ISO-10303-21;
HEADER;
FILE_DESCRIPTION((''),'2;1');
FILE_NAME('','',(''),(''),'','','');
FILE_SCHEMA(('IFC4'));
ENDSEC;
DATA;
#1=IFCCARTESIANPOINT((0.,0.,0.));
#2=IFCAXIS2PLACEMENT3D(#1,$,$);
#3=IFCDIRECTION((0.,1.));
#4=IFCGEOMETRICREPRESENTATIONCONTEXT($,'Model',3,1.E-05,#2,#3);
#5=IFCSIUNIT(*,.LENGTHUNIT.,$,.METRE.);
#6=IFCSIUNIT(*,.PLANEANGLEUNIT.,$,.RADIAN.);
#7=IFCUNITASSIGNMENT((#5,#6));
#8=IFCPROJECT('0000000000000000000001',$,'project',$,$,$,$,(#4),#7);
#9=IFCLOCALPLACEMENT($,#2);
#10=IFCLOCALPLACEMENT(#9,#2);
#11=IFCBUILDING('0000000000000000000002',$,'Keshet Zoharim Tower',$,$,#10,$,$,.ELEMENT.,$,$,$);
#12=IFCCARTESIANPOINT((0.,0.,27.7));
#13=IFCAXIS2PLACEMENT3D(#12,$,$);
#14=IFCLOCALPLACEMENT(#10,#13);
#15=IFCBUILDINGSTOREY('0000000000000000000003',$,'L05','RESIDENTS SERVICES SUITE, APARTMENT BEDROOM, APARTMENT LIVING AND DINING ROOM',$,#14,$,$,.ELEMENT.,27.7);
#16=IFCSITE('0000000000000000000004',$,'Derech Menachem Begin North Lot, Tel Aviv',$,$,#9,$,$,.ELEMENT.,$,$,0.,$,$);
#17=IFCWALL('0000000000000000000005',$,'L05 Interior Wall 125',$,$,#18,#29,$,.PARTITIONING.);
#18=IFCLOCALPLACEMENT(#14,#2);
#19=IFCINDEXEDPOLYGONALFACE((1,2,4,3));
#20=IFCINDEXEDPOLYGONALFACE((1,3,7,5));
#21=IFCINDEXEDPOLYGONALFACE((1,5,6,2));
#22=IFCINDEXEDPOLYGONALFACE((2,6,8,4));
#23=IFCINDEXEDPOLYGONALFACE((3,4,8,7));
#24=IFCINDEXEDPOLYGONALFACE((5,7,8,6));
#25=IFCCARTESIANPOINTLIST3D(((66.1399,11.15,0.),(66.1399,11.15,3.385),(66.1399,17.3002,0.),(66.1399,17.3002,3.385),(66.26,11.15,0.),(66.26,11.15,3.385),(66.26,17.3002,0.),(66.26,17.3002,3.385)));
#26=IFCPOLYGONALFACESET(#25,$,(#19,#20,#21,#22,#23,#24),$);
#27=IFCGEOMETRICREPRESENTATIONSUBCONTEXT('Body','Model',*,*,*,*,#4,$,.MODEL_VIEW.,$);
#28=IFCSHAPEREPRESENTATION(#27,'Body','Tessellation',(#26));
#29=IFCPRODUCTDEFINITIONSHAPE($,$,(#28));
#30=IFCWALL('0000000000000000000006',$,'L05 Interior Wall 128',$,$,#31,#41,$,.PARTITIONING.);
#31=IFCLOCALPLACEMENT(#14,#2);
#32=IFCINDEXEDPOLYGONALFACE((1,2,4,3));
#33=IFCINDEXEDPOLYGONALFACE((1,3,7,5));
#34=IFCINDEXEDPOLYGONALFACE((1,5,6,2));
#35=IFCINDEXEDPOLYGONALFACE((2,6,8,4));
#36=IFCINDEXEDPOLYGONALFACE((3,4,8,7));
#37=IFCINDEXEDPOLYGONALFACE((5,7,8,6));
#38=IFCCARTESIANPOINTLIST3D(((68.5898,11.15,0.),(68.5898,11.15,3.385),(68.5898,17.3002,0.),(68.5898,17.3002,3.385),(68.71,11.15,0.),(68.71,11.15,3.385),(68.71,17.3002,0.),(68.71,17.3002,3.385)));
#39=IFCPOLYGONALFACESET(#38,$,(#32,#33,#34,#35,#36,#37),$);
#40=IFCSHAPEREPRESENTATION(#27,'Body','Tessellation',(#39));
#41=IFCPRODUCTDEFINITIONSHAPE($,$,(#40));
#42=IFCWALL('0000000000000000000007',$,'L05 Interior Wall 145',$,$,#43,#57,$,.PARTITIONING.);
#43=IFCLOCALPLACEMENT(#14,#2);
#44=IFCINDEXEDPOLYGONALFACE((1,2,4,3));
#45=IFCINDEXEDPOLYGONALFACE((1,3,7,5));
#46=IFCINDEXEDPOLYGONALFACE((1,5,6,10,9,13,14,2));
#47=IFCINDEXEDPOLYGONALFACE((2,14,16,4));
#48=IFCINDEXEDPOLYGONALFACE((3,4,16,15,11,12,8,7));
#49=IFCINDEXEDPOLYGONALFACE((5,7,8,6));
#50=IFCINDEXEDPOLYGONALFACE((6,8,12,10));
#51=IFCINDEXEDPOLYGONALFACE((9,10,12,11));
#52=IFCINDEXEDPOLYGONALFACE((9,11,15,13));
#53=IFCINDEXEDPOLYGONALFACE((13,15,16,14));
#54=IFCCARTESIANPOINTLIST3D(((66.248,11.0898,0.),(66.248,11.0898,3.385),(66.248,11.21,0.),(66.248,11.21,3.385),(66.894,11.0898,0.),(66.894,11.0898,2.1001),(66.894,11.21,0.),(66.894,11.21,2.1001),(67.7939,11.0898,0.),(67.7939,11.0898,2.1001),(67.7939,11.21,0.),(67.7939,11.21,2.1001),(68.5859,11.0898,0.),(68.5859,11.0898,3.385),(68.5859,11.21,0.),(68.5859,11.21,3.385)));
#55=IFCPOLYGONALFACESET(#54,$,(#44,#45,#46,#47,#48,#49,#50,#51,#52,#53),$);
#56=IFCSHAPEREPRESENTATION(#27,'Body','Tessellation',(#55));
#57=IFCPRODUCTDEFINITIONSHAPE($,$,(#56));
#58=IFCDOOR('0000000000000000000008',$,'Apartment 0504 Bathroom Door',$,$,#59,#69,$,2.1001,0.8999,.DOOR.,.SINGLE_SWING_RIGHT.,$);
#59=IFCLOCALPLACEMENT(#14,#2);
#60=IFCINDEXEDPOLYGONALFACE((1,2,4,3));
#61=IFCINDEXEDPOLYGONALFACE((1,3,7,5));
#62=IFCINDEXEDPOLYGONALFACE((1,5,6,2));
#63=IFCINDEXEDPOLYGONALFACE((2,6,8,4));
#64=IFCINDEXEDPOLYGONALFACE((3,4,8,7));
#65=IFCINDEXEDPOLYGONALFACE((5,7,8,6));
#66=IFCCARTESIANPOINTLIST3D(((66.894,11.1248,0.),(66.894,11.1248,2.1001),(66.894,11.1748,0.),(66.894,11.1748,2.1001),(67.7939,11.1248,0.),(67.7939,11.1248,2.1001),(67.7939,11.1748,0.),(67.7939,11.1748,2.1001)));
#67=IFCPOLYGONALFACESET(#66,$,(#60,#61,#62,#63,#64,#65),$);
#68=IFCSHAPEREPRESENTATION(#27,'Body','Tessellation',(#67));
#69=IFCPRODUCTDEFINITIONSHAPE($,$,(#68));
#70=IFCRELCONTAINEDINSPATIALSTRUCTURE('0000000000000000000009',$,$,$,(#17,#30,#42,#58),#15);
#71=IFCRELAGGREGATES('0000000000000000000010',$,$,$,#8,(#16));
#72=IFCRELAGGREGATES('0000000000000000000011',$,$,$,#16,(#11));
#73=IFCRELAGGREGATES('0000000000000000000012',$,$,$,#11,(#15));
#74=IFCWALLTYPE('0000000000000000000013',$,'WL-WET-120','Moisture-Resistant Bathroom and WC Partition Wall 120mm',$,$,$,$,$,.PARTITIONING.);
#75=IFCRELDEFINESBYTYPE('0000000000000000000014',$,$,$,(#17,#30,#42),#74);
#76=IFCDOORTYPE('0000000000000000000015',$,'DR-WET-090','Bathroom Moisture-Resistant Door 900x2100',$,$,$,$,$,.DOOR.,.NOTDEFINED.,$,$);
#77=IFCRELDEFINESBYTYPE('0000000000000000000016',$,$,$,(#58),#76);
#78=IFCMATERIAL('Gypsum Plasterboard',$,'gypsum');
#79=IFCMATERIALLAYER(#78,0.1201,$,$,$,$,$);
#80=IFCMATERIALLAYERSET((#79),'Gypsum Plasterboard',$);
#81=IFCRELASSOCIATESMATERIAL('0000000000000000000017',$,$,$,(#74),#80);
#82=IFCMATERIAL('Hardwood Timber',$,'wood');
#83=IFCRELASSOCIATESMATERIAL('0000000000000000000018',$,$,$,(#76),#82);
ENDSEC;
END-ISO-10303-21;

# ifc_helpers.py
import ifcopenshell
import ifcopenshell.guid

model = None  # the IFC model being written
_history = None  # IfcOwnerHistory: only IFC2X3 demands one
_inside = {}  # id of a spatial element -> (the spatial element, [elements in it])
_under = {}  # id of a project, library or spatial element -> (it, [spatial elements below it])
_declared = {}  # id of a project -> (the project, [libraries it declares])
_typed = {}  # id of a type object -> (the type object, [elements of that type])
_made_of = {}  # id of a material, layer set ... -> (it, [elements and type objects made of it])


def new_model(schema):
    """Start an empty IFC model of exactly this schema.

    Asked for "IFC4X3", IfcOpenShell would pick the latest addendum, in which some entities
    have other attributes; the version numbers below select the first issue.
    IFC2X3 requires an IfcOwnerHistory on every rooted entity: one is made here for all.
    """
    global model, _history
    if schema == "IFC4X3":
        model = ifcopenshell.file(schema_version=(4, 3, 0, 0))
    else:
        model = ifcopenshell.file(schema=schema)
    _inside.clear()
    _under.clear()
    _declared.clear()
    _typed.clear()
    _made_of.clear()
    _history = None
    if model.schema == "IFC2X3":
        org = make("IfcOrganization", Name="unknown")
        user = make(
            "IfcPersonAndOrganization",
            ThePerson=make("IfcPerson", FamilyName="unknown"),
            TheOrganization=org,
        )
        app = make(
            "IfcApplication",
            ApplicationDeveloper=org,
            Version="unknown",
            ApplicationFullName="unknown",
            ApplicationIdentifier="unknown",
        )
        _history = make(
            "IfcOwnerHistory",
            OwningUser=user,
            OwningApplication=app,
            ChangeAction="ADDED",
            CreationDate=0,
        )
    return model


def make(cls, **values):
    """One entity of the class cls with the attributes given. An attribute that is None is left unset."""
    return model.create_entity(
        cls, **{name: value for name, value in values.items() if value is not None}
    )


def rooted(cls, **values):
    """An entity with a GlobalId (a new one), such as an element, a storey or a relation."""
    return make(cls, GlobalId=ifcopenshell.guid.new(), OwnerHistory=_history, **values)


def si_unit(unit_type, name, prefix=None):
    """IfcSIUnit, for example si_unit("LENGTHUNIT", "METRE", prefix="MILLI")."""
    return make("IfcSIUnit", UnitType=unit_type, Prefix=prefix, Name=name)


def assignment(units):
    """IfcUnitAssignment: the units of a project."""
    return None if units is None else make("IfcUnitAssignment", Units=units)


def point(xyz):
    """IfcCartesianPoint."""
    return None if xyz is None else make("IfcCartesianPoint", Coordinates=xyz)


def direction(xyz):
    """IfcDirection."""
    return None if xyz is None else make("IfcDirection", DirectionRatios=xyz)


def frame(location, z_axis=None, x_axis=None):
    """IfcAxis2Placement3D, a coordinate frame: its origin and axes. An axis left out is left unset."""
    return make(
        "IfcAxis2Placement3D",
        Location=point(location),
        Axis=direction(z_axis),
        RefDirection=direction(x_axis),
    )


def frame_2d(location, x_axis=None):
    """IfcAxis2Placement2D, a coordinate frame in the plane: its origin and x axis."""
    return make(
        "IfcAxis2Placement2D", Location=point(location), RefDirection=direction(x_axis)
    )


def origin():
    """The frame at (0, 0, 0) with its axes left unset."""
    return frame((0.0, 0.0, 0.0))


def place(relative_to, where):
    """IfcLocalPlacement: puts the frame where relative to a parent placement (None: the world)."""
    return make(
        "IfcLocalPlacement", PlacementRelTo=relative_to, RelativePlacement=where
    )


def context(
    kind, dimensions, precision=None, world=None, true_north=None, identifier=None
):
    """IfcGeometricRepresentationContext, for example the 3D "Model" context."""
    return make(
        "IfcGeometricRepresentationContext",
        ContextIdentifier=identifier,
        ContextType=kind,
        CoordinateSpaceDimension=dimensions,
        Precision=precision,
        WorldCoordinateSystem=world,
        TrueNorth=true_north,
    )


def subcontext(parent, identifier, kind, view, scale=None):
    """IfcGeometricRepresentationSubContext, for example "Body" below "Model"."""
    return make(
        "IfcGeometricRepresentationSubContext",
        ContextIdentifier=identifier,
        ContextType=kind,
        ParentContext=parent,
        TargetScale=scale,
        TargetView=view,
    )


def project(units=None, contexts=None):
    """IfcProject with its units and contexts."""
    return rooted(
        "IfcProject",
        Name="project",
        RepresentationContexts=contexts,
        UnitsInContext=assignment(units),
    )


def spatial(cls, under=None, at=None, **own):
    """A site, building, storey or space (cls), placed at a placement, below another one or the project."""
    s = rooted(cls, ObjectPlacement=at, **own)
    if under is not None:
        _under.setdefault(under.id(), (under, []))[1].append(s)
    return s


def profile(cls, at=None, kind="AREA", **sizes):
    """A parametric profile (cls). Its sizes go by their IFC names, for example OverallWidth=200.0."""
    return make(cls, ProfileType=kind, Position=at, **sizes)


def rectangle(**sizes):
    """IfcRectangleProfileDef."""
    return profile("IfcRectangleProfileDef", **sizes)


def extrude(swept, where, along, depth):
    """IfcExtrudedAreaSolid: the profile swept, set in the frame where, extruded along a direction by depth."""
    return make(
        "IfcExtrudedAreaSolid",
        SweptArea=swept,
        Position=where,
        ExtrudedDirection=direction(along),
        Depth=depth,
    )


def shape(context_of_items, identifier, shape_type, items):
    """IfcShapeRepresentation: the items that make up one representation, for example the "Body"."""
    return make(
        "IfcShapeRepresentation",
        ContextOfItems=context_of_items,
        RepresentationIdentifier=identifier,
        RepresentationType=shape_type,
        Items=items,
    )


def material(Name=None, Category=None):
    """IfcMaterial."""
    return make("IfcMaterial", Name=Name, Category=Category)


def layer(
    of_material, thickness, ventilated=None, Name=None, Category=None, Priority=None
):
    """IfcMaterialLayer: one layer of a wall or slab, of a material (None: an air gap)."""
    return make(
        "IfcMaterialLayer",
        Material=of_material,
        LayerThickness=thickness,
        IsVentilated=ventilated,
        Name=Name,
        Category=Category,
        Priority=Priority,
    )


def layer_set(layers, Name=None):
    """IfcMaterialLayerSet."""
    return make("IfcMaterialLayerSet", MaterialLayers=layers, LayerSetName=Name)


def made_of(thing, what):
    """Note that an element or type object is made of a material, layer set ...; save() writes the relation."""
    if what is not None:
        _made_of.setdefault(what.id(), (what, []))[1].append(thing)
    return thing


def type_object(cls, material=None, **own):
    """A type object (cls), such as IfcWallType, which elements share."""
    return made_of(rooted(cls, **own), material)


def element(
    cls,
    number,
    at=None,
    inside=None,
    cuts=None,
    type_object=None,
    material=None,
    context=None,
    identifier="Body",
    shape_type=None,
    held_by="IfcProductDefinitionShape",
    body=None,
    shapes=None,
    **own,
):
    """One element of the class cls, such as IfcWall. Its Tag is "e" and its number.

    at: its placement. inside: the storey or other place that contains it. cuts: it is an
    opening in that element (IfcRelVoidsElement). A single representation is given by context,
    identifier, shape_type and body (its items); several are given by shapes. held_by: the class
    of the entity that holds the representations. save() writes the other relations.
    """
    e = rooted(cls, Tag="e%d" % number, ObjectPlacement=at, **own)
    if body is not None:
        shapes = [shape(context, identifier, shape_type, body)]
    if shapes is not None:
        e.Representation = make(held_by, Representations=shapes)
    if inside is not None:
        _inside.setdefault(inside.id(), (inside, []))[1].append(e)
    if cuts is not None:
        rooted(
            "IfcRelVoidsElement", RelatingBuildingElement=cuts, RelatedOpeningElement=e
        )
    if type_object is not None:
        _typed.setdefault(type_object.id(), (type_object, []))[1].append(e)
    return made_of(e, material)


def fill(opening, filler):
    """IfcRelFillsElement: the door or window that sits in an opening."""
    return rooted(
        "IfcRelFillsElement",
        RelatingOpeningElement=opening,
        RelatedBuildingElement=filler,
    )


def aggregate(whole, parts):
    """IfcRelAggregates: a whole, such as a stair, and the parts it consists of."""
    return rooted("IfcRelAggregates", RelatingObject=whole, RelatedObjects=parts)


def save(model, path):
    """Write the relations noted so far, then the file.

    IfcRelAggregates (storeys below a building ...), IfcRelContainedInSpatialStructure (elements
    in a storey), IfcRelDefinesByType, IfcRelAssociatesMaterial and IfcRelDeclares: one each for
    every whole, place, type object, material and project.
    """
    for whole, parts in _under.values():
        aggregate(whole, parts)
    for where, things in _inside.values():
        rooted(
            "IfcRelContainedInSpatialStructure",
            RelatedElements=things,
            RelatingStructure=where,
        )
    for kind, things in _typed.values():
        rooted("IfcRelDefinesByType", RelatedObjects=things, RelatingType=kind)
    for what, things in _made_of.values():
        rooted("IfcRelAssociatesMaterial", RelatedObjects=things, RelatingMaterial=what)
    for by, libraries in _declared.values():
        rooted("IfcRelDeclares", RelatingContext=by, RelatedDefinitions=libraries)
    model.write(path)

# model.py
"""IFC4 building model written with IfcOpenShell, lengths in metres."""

from ifc_helpers import new_model, si_unit, direction, frame, frame_2d, origin, place, context, subcontext, project, spatial, rectangle, extrude, material, layer, layer_set, type_object, element, fill, save


model = new_model("IFC4")

# Units and contexts
model_context = context("Model", 3, precision=1e-05, world=origin(), true_north=direction((0.0, 1.0)))
body_context = subcontext(model_context, "Body", "Model", "MODEL_VIEW")
ifc_project = project(units=[si_unit("LENGTHUNIT", "METRE"), si_unit("PLANEANGLEUNIT", "RADIAN")], contexts=[model_context])

# Site, building, storey
site_placement = place(None, origin())
site = spatial("IfcSite", under=ifc_project, at=site_placement, Name="Derech Menachem Begin North Lot, Tel Aviv", CompositionType="ELEMENT", RefElevation=0.0)
building_placement = place(site_placement, origin())
building = spatial("IfcBuilding", under=site, at=building_placement, Name="Keshet Zoharim Tower", CompositionType="ELEMENT")
storey_placement = place(building_placement, frame((0.0, 0.0, 27.7)))
storey = spatial("IfcBuildingStorey", under=building, at=storey_placement, Name="L05", Description="RESIDENTS SERVICES SUITE, APARTMENT BEDROOM, APARTMENT LIVING AND DINING ROOM", CompositionType="ELEMENT", Elevation=27.7)

# Shared definitions
ifc_material_1 = material(Name="Hardwood Timber", Category="wood")

# Shared definitions
ifc_material_2 = material(Name="Gypsum Plasterboard", Category="gypsum")

# Walls
ifc_layer_1 = layer(ifc_material_2, 0.1201)
ifc_layer_set_1 = layer_set([ifc_layer_1], Name="Gypsum Plasterboard")
wall_type_1 = type_object("IfcWallType", Name="WL-WET-120", Description="Moisture-Resistant Bathroom and WC Partition Wall 120mm", PredefinedType="PARTITIONING", material=ifc_layer_set_1)
for number, where, z_axis, x_axis, name in (
    (1, (66.2, 11.1499, 0.0), (0.0, 0.0, 1.0), (0.0, 1.0, 0.0), "L05 Interior Wall 125"),
    (2, (68.6499, 11.1499, 0.0), (0.0, 0.0, 1.0), (0.0, 1.0, 0.0), "L05 Interior Wall 128"),
):
    element("IfcWall", number, at=place(storey_placement, frame(where, z_axis=z_axis, x_axis=x_axis)), inside=storey, type_object=wall_type_1, Name=name, PredefinedType="PARTITIONING", context=body_context, shape_type="SweptSolid", body=[
        extrude(rectangle(XDim=6.1501, YDim=0.1201, at=frame_2d((3.0752, 0.0))), origin(), (0.0, 0.0, 1.0), 3.385),
    ])

# Wall, opening, door
wall_1_placement = place(storey_placement, frame((66.248, 11.1499, 0.0), z_axis=(0.0, 0.0, 1.0), x_axis=(1.0, 0.0, 0.0)))
wall_1 = element("IfcWall", 3, at=wall_1_placement, inside=storey, type_object=wall_type_1, Name="L05 Interior Wall 145", PredefinedType="PARTITIONING", context=body_context, shape_type="SweptSolid", body=[
    extrude(rectangle(XDim=2.3379, YDim=0.1201, at=frame_2d((1.1689, 0.0))), origin(), (0.0, 0.0, 1.0), 3.385),
])
opening_1_placement = place(wall_1_placement, frame((0.646, 0.0, 0.0)))
opening_1 = element("IfcOpeningElement", 4, at=opening_1_placement, cuts=wall_1, PredefinedType="OPENING", context=body_context, shape_type="SweptSolid", body=[
    extrude(rectangle(XDim=0.8999, YDim=2.1001, at=frame_2d((0.45, 1.05))), frame((0.0, 0.0701, 0.0), z_axis=(0.0, -1.0, 0.0), x_axis=(1.0, 0.0, 0.0)), (0.0, 0.0, 1.0), 0.1401),
])
door_type_1 = type_object("IfcDoorType", Name="DR-WET-090", Description="Bathroom Moisture-Resistant Door 900x2100", OperationType="NOTDEFINED", PredefinedType="DOOR", material=ifc_material_1)
door_1_placement = place(opening_1_placement, origin())
door_1 = element("IfcDoor", 5, at=door_1_placement, inside=storey, type_object=door_type_1, Name="Apartment 0504 Bathroom Door", OperationType="SINGLE_SWING_RIGHT", OverallHeight=2.1001, OverallWidth=0.8999, PredefinedType="DOOR", context=body_context, shape_type="SweptSolid", body=[
    extrude(rectangle(XDim=0.8999, YDim=2.1001, at=frame_2d((0.45, 1.05))), frame((0.0, 0.0249, 0.0), z_axis=(0.0, -1.0, 0.0), x_axis=(1.0, 0.0, 0.0)), (0.0, 0.0, 1.0), 0.05),
])
fill(opening_1, door_1)

save(model, "model.ifc")
